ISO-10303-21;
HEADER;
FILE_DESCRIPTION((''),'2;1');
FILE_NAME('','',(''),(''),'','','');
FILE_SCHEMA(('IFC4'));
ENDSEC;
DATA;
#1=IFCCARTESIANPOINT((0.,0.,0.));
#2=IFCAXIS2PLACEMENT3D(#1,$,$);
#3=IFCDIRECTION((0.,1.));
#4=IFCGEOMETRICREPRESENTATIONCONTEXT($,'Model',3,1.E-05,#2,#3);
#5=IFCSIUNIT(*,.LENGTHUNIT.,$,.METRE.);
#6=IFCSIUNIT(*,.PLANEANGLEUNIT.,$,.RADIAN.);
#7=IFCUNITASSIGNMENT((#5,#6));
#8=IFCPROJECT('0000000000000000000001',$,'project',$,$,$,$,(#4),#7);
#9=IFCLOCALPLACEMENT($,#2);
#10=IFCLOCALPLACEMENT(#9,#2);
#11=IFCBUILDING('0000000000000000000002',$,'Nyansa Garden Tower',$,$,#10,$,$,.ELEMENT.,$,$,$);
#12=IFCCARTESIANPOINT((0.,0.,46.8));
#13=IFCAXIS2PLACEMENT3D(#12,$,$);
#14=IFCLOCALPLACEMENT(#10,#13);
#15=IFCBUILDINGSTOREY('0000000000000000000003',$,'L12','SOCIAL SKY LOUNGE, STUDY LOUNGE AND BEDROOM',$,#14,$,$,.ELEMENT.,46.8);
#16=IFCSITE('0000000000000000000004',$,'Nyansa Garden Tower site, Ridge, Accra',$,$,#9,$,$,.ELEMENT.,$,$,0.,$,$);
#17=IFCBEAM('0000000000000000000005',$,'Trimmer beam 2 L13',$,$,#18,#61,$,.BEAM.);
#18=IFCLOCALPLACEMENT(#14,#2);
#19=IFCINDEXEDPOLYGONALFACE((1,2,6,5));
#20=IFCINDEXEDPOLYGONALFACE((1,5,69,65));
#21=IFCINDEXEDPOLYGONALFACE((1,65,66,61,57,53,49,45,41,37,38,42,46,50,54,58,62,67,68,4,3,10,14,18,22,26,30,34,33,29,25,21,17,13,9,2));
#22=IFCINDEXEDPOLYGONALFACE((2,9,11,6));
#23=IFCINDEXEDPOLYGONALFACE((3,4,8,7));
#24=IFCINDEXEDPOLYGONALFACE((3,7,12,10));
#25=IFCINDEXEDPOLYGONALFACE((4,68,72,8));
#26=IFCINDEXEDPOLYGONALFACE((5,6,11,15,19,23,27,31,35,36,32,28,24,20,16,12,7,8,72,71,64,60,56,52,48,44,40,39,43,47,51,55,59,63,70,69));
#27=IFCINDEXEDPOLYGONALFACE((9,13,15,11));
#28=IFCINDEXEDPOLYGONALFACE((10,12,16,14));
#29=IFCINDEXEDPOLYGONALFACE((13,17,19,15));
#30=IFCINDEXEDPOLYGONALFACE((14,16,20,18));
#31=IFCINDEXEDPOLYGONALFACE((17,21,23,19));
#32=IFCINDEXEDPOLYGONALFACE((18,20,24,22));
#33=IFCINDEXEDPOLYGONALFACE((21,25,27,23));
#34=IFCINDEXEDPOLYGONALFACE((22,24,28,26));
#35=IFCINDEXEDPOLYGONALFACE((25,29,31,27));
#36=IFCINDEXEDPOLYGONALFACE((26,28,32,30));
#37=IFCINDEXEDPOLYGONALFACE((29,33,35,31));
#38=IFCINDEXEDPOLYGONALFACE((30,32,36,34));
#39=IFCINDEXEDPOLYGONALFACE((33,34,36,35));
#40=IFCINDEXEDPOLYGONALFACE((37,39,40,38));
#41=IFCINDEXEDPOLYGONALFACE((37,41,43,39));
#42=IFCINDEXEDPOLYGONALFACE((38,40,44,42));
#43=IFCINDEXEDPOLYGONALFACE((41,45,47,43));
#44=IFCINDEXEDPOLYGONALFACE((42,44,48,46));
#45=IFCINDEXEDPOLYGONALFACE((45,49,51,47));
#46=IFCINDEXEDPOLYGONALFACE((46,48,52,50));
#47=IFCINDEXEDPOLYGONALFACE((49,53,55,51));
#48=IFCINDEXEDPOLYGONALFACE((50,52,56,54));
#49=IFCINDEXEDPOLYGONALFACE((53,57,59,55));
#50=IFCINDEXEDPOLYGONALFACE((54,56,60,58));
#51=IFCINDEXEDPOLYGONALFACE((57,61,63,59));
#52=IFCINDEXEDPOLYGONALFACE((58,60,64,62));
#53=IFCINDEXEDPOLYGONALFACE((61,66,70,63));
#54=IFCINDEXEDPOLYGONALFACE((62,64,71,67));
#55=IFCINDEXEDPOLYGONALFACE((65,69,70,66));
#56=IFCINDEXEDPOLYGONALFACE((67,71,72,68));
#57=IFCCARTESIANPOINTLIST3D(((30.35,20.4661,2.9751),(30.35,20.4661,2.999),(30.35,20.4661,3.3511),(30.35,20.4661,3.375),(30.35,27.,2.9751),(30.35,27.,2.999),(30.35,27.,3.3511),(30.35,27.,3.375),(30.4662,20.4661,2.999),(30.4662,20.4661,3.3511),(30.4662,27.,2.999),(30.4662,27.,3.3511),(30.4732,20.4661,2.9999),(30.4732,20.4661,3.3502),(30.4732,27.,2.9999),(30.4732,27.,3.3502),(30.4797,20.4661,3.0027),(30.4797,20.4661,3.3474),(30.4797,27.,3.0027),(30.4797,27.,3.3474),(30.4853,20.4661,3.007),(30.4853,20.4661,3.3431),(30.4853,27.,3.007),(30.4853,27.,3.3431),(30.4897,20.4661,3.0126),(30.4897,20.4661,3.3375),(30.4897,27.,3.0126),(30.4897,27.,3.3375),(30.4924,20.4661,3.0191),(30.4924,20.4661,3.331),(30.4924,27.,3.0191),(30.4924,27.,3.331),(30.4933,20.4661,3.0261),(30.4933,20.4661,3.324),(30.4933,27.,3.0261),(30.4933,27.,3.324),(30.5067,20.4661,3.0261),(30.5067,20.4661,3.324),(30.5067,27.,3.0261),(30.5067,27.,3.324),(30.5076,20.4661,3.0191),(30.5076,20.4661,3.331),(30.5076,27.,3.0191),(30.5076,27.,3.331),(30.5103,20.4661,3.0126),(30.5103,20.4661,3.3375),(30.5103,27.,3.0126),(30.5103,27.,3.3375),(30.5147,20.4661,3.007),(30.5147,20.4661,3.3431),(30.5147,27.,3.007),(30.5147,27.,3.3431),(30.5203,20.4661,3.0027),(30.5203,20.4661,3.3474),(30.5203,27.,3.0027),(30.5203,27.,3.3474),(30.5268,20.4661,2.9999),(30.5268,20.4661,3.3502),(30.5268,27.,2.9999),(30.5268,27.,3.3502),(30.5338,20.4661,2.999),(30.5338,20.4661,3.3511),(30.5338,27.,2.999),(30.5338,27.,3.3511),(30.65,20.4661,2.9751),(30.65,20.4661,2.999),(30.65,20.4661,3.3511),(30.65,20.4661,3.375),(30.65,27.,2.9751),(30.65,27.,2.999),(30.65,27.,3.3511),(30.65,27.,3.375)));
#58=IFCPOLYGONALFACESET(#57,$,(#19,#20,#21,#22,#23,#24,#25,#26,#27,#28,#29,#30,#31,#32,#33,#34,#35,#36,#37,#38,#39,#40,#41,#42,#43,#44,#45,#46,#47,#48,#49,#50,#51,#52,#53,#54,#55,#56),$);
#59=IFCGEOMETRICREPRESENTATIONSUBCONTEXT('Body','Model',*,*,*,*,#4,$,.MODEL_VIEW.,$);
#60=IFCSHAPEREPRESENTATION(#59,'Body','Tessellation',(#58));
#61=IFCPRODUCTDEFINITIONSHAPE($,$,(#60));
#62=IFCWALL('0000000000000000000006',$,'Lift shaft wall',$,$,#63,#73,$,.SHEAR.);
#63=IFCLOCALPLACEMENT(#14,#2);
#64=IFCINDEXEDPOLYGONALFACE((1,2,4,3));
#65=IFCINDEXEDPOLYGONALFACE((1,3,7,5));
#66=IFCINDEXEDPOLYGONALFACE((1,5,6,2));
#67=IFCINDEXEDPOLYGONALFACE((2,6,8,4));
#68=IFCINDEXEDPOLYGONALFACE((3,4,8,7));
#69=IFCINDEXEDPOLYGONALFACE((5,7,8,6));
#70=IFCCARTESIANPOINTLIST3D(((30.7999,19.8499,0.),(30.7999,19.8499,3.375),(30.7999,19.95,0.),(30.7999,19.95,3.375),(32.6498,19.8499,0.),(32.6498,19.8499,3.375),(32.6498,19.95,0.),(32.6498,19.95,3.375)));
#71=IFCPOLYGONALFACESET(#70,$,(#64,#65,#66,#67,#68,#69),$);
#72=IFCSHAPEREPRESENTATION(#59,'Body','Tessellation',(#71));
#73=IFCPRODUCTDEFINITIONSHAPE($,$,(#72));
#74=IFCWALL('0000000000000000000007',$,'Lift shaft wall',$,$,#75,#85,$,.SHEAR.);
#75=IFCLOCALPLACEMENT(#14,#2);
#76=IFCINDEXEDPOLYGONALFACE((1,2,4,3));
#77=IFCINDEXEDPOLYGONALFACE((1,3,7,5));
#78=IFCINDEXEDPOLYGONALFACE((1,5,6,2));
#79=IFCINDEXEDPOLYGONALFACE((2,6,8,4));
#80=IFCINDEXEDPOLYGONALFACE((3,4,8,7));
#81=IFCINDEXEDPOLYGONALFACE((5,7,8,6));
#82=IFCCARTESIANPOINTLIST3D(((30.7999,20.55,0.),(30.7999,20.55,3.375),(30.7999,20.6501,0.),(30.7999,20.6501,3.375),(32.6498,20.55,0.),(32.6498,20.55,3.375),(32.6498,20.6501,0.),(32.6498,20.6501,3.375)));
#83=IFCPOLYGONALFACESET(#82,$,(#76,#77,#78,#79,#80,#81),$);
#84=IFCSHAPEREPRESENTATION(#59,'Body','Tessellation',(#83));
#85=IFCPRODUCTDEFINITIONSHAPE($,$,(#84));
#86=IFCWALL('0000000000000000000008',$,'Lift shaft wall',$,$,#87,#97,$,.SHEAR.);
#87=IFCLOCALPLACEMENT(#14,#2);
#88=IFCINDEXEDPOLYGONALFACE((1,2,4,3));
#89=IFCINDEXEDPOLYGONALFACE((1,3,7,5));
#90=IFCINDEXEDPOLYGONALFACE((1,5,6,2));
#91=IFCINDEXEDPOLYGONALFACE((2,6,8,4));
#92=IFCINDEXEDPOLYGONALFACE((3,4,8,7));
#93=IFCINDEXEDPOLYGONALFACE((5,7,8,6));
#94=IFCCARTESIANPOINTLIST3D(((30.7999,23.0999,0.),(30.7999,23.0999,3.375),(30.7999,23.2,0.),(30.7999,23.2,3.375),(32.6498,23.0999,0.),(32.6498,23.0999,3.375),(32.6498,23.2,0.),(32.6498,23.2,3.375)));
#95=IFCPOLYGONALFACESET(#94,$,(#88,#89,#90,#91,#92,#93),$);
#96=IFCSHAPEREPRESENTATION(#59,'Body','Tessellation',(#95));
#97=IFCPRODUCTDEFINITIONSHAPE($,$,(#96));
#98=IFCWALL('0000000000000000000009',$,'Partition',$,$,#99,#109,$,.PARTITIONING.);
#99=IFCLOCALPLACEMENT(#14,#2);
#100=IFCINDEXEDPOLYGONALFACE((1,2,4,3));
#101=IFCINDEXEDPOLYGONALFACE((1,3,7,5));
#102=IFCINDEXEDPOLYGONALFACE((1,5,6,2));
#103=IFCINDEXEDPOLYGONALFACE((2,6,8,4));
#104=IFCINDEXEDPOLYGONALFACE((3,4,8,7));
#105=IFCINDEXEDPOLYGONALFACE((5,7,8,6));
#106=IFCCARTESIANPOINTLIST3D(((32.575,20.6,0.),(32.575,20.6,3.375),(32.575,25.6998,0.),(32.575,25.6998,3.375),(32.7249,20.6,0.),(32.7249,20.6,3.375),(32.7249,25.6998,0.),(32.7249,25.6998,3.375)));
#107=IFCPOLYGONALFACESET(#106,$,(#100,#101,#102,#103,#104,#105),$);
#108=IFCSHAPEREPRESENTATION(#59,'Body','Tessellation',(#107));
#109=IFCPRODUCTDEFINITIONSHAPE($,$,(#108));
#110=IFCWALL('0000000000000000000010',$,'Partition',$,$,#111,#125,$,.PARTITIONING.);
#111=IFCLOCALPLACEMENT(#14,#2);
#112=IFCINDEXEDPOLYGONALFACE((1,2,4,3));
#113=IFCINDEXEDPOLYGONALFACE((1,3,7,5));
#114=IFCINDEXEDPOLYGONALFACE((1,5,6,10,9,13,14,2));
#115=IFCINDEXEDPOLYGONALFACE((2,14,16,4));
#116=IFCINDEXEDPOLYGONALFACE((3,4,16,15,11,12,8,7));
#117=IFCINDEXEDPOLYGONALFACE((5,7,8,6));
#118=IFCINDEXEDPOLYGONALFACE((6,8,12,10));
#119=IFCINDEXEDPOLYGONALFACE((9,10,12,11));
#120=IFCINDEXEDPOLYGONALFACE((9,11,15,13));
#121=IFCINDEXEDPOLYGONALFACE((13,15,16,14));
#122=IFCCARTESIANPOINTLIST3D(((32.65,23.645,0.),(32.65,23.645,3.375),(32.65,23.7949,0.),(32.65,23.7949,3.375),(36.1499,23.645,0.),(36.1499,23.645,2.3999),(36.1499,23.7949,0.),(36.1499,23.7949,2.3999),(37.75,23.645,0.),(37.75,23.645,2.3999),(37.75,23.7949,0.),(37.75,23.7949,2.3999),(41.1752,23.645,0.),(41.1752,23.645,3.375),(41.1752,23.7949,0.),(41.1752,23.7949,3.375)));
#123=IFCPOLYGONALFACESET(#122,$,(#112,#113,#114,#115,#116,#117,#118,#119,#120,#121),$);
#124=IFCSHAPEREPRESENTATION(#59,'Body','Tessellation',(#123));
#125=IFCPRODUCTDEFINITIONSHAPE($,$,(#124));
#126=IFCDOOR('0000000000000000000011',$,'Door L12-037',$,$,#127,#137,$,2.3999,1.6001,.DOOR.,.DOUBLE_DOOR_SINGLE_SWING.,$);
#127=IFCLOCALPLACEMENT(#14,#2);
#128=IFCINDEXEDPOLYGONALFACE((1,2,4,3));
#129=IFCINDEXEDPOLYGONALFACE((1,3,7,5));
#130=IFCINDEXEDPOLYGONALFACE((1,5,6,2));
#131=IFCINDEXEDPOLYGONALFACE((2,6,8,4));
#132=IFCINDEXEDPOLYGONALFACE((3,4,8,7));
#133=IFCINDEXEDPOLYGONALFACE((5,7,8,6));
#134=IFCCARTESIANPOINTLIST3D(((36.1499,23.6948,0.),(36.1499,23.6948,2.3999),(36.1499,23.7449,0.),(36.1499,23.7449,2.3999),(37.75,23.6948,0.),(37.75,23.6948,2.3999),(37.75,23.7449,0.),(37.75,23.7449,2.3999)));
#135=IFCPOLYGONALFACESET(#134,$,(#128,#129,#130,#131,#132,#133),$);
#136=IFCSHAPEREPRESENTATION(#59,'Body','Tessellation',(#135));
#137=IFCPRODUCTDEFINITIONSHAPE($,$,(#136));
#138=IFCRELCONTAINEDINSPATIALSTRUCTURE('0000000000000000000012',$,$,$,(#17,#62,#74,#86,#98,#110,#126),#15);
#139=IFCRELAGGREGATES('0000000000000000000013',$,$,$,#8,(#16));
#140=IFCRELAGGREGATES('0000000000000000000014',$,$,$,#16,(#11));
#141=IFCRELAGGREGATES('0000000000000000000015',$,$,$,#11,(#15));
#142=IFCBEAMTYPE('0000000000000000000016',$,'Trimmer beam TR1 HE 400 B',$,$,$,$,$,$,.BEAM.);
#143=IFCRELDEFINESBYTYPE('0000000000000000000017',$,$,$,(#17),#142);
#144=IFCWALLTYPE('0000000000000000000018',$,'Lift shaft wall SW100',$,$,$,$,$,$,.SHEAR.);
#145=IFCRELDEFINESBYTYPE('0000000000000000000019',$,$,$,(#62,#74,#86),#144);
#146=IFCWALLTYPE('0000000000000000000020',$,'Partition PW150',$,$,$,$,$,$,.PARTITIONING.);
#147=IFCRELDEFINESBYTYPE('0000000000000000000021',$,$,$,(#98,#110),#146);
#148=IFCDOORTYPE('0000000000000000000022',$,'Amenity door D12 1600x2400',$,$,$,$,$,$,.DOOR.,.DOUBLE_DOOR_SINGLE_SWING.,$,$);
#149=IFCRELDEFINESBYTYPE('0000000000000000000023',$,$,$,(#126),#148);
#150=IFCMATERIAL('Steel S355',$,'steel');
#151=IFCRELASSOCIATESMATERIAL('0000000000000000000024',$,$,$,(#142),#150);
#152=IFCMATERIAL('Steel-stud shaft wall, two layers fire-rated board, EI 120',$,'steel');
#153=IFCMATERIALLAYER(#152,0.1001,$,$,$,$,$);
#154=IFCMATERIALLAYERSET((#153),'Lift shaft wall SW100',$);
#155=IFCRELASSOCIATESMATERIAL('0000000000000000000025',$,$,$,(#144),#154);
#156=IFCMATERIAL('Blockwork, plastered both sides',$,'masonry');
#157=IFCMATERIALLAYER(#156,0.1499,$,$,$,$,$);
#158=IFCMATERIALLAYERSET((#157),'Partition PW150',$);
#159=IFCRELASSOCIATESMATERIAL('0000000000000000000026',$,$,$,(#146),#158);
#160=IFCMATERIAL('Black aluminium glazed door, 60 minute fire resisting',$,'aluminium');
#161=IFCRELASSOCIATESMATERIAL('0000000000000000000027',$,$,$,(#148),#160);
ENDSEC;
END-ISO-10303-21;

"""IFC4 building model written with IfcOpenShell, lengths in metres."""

from ifc_helpers import new_model, si_unit, direction, frame, frame_2d, origin, origin_2d, place, context, subcontext, project, spatial, rectangle, i_section, extrude, material, layer, layer_set, material_profile, profile_set, type_object, element, fill, save


model = new_model("IFC4")

# Units and contexts
model_context = context("Model", 3, precision=1e-05, world=origin(), true_north=direction((0.0, 1.0)))
body_context = subcontext(model_context, "Body", "Model", "MODEL_VIEW")
ifc_project = project(units=[si_unit("LENGTHUNIT", "METRE"), si_unit("PLANEANGLEUNIT", "RADIAN")], contexts=[model_context])

# Site, building, storey
site_placement = place(None, origin())
site = spatial("IfcSite", under=ifc_project, at=site_placement, Name="Nyansa Garden Tower site, Ridge, Accra", CompositionType="ELEMENT", RefElevation=0.0)
building_placement = place(site_placement, origin())
building = spatial("IfcBuilding", under=site, at=building_placement, Name="Nyansa Garden Tower", CompositionType="ELEMENT")
storey_placement = place(building_placement, frame((0.0, 0.0, 46.8)))
storey = spatial("IfcBuildingStorey", under=building, at=storey_placement, Name="L12", Description="SOCIAL SKY LOUNGE, STUDY LOUNGE AND BEDROOM", CompositionType="ELEMENT", Elevation=46.8)

# Beam
ifc_material_1 = material(Name="Steel S355", Category="steel")
ifc_material_profile_1 = material_profile(ifc_material_1, i_section(OverallWidth=0.3, OverallDepth=0.3999, WebThickness=0.0134, FlangeThickness=0.0239, FilletRadius=0.0271, at=origin_2d()), Name="HE 400 B")
ifc_profile_set_1 = profile_set([ifc_material_profile_1], Name="Steel S355")
beam_type_1 = type_object("IfcBeamType", Name="Trimmer beam TR1 HE 400 B", PredefinedType="BEAM", material=ifc_profile_set_1)
beam_placement = place(storey_placement, frame((30.5, 20.4661, 3.175), z_axis=(0.0, 1.0, 0.0), x_axis=(-1.0, 0.0, 0.0)))
element("IfcBeam", 1, at=beam_placement, inside=storey, type_object=beam_type_1, Name="Trimmer beam 2 L13", PredefinedType="BEAM", context=body_context, shape_type="SweptSolid", body=[
    extrude(i_section(OverallWidth=0.3, OverallDepth=0.3999, WebThickness=0.0134, FlangeThickness=0.0239, FilletRadius=0.0271, at=origin_2d()), origin(), (0.0, 0.0, 1.0), 6.5339),
])

# Walls
ifc_material_2 = material(Name="Steel-stud shaft wall, two layers fire-rated board, EI 120", Category="steel")
ifc_layer_1 = layer(ifc_material_2, 0.1001)
ifc_layer_set_1 = layer_set([ifc_layer_1], Name="Lift shaft wall SW100")
wall_type_1 = type_object("IfcWallType", Name="Lift shaft wall SW100", PredefinedType="SHEAR", material=ifc_layer_set_1)
for number, where, z_axis, x_axis, name in (
    (2, (30.8, 19.8999, 0.0), (0.0, 0.0, 1.0), (1.0, 0.0, 0.0), "Lift shaft wall"),
    (3, (30.8, 20.6001, 0.0), (0.0, 0.0, 1.0), (1.0, 0.0, 0.0), "Lift shaft wall"),
    (4, (30.8, 23.1499, 0.0), (0.0, 0.0, 1.0), (1.0, 0.0, 0.0), "Lift shaft wall"),
):
    element("IfcWall", number, at=place(storey_placement, frame(where, z_axis=z_axis, x_axis=x_axis)), inside=storey, type_object=wall_type_1, Name=name, PredefinedType="SHEAR", context=body_context, shape_type="SweptSolid", body=[
        extrude(rectangle(XDim=1.8499, YDim=0.1001, at=frame_2d((0.9248, 0.0))), origin(), (0.0, 0.0, 1.0), 3.375),
    ])
ifc_material_3 = material(Name="Blockwork, plastered both sides", Category="masonry")
ifc_layer_2 = layer(ifc_material_3, 0.1499)
ifc_layer_set_2 = layer_set([ifc_layer_2], Name="Partition PW150")
wall_type_2 = type_object("IfcWallType", Name="Partition PW150", PredefinedType="PARTITIONING", material=ifc_layer_set_2)
wall_1_placement = place(storey_placement, frame((32.6499, 20.6001, 0.0), z_axis=(0.0, 0.0, 1.0), x_axis=(0.0, 1.0, 0.0)))
element("IfcWall", 5, at=wall_1_placement, inside=storey, type_object=wall_type_2, Name="Partition", PredefinedType="PARTITIONING", context=body_context, shape_type="SweptSolid", body=[
    extrude(rectangle(XDim=5.0999, YDim=0.1499, at=frame_2d((2.5498, 0.0))), origin(), (0.0, 0.0, 1.0), 3.375),
])

# Wall, opening, door
wall_2_placement = place(storey_placement, frame((32.6499, 23.72, 0.0), z_axis=(0.0, 0.0, 1.0), x_axis=(1.0, 0.0, 0.0)))
wall_2 = element("IfcWall", 6, at=wall_2_placement, inside=storey, type_object=wall_type_2, Name="Partition", PredefinedType="PARTITIONING", context=body_context, shape_type="SweptSolid", body=[
    extrude(rectangle(XDim=8.5251, YDim=0.1499, at=frame_2d((4.2627, 0.0))), origin(), (0.0, 0.0, 1.0), 3.375),
])
opening_placement = place(wall_2_placement, frame((3.5, 0.0, 0.0)))
opening = element("IfcOpeningElement", 7, at=opening_placement, cuts=wall_2, PredefinedType="OPENING", context=body_context, shape_type="SweptSolid", body=[
    extrude(rectangle(XDim=1.6001, YDim=2.3999, at=frame_2d((0.8, 1.2))), frame((0.0, 0.085, 0.0), z_axis=(0.0, -1.0, 0.0), x_axis=(1.0, 0.0, 0.0)), (0.0, 0.0, 1.0), 0.1699),
])
ifc_material_4 = material(Name="Black aluminium glazed door, 60 minute fire resisting", Category="aluminium")
door_type = type_object("IfcDoorType", Name="Amenity door D12 1600x2400", OperationType="DOUBLE_DOOR_SINGLE_SWING", PredefinedType="DOOR", material=ifc_material_4)
door_placement = place(opening_placement, origin())
door = element("IfcDoor", 8, at=door_placement, inside=storey, type_object=door_type, Name="Door L12-037", OperationType="DOUBLE_DOOR_SINGLE_SWING", OverallHeight=2.3999, OverallWidth=1.6001, PredefinedType="DOOR", context=body_context, shape_type="SweptSolid", body=[
    extrude(rectangle(XDim=1.6001, YDim=2.3999, at=frame_2d((0.8, 1.2))), frame((0.0, 0.0249, 0.0), z_axis=(0.0, -1.0, 0.0), x_axis=(1.0, 0.0, 0.0)), (0.0, 0.0, 1.0), 0.05),
])
fill(opening, door)

save(model, "model.ifc")
